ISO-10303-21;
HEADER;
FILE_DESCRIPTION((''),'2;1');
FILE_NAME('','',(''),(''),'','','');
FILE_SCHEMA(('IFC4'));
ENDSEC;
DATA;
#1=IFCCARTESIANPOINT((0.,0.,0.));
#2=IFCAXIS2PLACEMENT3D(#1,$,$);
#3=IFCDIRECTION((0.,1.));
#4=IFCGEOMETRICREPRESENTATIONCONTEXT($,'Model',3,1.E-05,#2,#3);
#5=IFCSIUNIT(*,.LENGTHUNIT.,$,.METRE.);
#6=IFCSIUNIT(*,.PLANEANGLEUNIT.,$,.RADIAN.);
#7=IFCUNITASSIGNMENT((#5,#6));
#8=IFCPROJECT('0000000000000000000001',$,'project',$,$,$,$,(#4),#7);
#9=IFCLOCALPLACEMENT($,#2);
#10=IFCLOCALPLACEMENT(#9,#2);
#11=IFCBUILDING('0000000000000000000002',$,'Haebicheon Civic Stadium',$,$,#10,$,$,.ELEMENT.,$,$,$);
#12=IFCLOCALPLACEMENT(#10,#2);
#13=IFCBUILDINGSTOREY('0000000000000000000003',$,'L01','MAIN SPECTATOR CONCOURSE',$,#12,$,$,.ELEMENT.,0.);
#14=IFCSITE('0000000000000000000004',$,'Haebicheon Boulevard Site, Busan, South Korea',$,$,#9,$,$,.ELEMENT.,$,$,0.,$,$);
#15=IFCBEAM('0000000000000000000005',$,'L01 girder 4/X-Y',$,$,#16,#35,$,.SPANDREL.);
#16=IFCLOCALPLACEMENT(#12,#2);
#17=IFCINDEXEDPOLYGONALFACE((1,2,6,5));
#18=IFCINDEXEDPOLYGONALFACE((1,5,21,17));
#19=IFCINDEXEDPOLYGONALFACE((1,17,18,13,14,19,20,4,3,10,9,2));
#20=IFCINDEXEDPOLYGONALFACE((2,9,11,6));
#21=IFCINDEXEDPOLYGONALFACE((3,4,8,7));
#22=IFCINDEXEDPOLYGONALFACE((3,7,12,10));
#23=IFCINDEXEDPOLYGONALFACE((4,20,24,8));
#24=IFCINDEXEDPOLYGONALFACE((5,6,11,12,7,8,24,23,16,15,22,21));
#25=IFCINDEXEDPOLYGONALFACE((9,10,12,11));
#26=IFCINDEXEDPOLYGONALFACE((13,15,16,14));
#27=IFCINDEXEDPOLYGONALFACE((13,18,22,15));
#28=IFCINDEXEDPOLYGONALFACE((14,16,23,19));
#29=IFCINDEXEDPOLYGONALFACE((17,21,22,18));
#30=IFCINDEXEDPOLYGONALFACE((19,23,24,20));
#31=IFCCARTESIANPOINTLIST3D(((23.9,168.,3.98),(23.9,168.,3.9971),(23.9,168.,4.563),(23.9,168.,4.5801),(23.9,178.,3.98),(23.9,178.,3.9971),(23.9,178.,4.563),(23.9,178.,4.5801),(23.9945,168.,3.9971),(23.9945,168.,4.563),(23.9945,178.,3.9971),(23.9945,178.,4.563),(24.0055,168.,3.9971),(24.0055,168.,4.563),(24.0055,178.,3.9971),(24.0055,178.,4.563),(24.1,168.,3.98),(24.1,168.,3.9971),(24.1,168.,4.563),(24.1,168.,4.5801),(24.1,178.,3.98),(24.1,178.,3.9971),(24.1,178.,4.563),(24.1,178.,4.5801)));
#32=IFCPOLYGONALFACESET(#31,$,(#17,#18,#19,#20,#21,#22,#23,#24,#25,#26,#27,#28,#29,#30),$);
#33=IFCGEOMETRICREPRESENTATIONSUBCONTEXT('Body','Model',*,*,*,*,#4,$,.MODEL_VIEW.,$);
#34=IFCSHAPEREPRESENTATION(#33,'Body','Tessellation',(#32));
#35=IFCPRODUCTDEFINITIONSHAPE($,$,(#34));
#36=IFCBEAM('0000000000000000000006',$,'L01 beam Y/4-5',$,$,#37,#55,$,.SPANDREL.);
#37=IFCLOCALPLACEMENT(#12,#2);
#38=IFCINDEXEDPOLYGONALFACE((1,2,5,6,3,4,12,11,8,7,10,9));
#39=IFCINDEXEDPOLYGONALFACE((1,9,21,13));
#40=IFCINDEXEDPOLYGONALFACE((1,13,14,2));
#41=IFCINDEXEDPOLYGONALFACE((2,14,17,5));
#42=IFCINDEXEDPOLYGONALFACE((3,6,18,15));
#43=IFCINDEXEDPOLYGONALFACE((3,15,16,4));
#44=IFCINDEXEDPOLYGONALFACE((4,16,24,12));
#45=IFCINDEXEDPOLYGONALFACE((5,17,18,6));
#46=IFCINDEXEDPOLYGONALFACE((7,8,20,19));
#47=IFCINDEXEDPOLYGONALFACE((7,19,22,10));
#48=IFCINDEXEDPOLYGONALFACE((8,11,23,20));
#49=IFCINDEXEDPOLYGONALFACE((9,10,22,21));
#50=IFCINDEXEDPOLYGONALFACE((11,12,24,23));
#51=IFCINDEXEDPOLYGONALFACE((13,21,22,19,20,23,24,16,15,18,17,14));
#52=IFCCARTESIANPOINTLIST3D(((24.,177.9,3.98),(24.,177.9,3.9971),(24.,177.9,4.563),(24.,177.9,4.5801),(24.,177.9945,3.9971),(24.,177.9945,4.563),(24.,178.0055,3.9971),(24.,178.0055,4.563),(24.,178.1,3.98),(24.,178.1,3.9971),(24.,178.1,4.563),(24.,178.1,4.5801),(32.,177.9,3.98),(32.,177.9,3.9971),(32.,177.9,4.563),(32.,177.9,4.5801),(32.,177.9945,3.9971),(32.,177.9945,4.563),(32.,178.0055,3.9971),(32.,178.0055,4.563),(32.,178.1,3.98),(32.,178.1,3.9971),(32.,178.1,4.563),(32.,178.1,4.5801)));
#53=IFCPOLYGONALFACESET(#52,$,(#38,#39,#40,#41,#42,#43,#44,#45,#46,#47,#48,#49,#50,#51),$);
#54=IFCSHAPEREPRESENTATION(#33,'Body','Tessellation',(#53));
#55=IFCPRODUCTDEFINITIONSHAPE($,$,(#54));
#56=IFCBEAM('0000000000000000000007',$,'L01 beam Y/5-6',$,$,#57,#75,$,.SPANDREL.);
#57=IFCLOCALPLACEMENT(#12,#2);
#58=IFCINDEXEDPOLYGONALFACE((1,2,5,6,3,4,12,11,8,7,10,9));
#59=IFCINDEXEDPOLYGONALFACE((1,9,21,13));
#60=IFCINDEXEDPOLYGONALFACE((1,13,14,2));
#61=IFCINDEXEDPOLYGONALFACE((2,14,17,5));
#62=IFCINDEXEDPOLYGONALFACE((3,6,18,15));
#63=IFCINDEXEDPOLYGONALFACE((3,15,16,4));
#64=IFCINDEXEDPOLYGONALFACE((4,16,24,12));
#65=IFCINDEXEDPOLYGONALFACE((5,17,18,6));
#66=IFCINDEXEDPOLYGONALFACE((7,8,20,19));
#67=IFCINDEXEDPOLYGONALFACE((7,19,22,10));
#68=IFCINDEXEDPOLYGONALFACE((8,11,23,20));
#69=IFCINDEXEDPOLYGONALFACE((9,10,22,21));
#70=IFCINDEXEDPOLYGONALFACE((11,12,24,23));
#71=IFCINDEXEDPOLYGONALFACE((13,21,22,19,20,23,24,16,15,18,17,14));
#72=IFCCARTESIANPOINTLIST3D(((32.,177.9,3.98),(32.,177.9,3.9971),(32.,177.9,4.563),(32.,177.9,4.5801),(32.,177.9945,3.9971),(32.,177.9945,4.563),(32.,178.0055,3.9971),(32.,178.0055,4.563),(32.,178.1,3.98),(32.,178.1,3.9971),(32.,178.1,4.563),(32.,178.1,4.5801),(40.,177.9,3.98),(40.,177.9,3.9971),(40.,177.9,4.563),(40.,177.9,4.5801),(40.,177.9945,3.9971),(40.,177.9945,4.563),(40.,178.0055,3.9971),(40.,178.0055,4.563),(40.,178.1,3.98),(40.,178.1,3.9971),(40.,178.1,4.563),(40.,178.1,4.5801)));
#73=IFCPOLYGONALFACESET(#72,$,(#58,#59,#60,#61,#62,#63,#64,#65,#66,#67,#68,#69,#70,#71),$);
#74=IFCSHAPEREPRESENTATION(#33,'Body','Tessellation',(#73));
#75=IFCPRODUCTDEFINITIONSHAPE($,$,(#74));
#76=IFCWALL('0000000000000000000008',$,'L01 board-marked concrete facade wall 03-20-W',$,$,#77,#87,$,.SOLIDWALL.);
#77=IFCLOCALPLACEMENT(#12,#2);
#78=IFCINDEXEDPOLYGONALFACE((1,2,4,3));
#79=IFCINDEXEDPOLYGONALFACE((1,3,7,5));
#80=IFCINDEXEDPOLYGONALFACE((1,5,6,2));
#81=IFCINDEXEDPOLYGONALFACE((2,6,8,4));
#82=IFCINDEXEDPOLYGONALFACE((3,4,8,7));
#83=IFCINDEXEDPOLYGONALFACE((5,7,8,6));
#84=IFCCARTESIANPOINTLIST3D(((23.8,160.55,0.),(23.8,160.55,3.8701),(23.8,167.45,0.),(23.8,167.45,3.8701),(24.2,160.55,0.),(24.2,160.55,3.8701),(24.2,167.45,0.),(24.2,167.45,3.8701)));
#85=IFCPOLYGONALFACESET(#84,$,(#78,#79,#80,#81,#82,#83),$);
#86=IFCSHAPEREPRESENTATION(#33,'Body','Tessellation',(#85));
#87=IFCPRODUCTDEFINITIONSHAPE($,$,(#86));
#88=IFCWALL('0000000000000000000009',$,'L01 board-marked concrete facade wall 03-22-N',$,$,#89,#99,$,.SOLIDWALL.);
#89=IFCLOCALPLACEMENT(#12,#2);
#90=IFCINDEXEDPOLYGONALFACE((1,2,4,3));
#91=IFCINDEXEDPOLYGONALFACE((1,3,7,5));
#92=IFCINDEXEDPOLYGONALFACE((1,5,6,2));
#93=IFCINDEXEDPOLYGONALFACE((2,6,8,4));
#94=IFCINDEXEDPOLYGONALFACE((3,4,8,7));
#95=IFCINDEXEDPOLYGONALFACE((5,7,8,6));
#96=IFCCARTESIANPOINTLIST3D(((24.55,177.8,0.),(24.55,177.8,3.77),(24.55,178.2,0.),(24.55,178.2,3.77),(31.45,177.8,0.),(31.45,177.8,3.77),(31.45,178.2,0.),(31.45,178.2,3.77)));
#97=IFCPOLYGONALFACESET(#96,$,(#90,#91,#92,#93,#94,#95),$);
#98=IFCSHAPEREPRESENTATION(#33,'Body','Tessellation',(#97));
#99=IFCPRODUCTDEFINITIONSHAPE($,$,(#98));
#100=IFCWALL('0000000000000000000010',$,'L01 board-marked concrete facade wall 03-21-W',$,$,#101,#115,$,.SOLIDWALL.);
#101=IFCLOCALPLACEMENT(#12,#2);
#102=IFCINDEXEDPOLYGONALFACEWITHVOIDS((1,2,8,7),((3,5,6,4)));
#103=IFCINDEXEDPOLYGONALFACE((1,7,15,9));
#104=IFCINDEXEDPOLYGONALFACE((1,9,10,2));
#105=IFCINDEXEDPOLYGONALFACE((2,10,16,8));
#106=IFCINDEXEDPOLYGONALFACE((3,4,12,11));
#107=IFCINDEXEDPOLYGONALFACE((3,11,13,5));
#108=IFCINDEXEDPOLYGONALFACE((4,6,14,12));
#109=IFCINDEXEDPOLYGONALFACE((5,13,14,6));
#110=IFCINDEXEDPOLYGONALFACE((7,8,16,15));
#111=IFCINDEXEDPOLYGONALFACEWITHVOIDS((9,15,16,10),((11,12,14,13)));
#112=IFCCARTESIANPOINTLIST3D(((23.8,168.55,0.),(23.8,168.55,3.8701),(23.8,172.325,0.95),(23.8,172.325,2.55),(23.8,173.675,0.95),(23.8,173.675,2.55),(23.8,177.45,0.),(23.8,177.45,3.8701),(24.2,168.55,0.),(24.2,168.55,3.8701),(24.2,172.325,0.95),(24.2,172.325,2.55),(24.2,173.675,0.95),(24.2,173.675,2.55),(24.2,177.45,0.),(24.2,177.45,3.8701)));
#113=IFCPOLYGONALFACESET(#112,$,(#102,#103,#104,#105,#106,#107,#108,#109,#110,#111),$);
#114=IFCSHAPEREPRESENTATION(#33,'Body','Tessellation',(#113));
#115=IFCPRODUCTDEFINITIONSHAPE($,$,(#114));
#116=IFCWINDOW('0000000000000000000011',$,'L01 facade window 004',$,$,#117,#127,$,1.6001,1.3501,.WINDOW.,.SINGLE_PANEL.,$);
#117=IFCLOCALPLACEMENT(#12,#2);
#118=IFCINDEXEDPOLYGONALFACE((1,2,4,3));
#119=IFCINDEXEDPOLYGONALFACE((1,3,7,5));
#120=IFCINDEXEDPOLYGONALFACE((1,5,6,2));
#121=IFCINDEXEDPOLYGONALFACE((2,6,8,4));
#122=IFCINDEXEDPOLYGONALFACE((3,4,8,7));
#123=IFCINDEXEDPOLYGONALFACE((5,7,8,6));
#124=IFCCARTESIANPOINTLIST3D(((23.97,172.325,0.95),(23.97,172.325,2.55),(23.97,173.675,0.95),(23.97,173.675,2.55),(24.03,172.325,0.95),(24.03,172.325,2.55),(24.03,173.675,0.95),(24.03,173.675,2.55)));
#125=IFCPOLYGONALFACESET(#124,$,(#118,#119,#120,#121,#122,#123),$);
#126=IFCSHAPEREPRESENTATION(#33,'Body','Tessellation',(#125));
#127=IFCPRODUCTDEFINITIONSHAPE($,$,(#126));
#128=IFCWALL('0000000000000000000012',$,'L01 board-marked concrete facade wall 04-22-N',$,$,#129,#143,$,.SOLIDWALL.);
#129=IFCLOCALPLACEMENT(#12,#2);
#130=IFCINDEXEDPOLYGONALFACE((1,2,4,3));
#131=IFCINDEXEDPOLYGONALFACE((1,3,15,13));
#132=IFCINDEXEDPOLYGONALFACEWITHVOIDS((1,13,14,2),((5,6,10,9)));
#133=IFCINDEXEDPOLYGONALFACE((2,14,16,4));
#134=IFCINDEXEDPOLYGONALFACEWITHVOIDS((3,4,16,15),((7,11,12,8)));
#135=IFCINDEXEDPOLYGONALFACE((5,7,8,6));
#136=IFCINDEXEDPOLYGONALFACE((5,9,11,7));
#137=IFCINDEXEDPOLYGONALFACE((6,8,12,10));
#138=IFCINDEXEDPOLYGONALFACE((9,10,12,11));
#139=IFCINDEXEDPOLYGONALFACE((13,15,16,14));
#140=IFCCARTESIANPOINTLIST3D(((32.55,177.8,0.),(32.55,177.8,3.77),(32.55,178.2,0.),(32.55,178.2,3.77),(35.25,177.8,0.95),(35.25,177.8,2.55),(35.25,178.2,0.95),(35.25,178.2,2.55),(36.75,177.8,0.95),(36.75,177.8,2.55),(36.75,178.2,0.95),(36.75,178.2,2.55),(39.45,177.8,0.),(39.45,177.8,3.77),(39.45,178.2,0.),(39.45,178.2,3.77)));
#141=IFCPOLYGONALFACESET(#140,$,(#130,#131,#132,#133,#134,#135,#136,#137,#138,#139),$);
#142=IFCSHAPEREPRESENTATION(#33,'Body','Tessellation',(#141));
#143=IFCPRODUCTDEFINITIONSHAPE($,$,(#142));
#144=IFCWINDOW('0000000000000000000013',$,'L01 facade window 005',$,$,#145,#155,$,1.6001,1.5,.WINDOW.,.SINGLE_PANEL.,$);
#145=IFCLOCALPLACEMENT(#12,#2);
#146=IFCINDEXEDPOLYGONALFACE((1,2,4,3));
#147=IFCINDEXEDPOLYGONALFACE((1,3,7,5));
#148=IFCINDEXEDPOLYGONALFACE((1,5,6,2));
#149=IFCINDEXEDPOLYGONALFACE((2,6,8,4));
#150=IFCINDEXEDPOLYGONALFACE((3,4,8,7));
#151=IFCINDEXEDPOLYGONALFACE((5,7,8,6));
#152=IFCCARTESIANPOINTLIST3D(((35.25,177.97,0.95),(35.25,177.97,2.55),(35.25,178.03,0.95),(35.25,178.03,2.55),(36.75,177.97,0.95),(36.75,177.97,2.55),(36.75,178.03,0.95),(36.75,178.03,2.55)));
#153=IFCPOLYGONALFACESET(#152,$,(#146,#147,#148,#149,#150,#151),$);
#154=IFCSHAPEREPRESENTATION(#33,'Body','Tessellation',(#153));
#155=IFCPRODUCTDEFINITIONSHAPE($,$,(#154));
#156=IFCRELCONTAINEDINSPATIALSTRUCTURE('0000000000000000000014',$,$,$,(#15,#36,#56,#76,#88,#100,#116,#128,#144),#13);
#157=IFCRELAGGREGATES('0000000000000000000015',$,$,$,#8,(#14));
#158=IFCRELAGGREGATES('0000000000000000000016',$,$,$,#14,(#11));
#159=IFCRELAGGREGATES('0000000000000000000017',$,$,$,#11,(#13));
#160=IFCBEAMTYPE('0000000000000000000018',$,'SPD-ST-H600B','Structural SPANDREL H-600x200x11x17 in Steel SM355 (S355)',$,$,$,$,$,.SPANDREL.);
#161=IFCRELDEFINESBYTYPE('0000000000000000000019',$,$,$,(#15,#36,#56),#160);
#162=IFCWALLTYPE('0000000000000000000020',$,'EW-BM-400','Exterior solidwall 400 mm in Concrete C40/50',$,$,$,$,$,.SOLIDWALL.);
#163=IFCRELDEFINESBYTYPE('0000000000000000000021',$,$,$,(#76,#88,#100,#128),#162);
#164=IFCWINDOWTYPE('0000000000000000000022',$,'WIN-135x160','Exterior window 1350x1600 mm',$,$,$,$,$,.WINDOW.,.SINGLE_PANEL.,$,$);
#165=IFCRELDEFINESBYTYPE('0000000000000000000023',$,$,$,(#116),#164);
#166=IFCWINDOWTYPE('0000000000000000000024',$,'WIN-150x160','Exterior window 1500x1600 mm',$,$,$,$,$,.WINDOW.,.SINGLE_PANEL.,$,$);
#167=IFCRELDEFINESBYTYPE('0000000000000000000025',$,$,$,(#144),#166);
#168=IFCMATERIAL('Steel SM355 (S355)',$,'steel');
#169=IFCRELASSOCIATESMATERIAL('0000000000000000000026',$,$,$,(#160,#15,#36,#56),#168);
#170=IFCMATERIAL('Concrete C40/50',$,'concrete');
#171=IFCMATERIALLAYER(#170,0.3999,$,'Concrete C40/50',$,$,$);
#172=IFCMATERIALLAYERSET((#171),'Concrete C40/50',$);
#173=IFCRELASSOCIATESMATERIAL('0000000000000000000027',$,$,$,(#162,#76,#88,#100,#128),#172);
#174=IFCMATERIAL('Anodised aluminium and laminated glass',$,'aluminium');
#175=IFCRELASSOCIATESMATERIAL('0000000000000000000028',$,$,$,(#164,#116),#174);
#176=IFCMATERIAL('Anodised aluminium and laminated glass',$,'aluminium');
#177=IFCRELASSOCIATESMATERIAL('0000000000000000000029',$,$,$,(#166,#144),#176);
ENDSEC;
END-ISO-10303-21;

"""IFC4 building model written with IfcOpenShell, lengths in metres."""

from ifc_helpers import new_model, si_unit, direction, frame, frame_2d, origin, origin_2d, place, context, subcontext, project, spatial, rectangle, i_section, extrude, material, layer, layer_set, material_profile, profile_set, type_object, element, fill, save


model = new_model("IFC4")

# Units and contexts
model_context = context("Model", 3, precision=1e-05, world=origin(), true_north=direction((0.0, 1.0)))
body_context = subcontext(model_context, "Body", "Model", "MODEL_VIEW")
ifc_project = project(units=[si_unit("LENGTHUNIT", "METRE"), si_unit("PLANEANGLEUNIT", "RADIAN")], contexts=[model_context])

# Site, building, storey
site_placement = place(None, origin())
site = spatial("IfcSite", under=ifc_project, at=site_placement, Name="Haebicheon Boulevard Site, Busan, South Korea", CompositionType="ELEMENT", RefElevation=0.0)
building_placement = place(site_placement, origin())
building = spatial("IfcBuilding", under=site, at=building_placement, Name="Haebicheon Civic Stadium", CompositionType="ELEMENT")
storey_placement = place(building_placement, origin())
storey = spatial("IfcBuildingStorey", under=building, at=storey_placement, Name="L01", Description="MAIN SPECTATOR CONCOURSE", CompositionType="ELEMENT", Elevation=0.0)

# Beams
ifc_material_1 = material(Name="Steel SM355 (S355)", Category="steel")
ifc_material_profile_1 = material_profile(ifc_material_1, i_section(OverallWidth=0.2, OverallDepth=0.6001, WebThickness=0.011, FlangeThickness=0.0171, at=origin_2d()), Name="H-600x200x11x17")
ifc_profile_set_1 = profile_set([ifc_material_profile_1], Name="Steel SM355 (S355)")
beam_type_1 = type_object("IfcBeamType", Name="SPD-ST-H600B", Description="Structural SPANDREL H-600x200x11x17 in Steel SM355 (S355)", PredefinedType="SPANDREL", material=ifc_profile_set_1)
beam_1_placement = place(storey_placement, frame((24.0, 168.0, 4.28), z_axis=(0.0, 1.0, 0.0), x_axis=(-1.0, 0.0, 0.0)))
element("IfcBeam", 1, at=beam_1_placement, inside=storey, type_object=beam_type_1, material=ifc_profile_set_1, Name="L01 girder 4/X-Y", PredefinedType="SPANDREL", context=body_context, shape_type="SweptSolid", body=[
    extrude(i_section(OverallWidth=0.2, OverallDepth=0.6001, WebThickness=0.011, FlangeThickness=0.0171, at=origin_2d()), origin(), (0.0, 0.0, 1.0), 10.0),
])
for number, where, z_axis, x_axis, name in (
    (2, (24.0, 178.0, 4.28), (1.0, 0.0, 0.0), (0.0, 1.0, 0.0), "L01 beam Y/4-5"),
    (3, (32.0, 178.0, 4.28), (1.0, 0.0, 0.0), (0.0, 1.0, 0.0), "L01 beam Y/5-6"),
):
    element("IfcBeam", number, at=place(storey_placement, frame(where, z_axis=z_axis, x_axis=x_axis)), inside=storey, type_object=beam_type_1, material=ifc_profile_set_1, Name=name, PredefinedType="SPANDREL", context=body_context, shape_type="SweptSolid", body=[
        extrude(i_section(OverallWidth=0.2, OverallDepth=0.6001, WebThickness=0.011, FlangeThickness=0.0171, at=origin_2d()), origin(), (0.0, 0.0, 1.0), 8.0),
    ])

# Walls
ifc_material_2 = material(Name="Concrete C40/50", Category="concrete")
ifc_layer_1 = layer(ifc_material_2, 0.3999, Name="Concrete C40/50")
ifc_layer_set_1 = layer_set([ifc_layer_1], Name="Concrete C40/50")
wall_type_1 = type_object("IfcWallType", Name="EW-BM-400", Description="Exterior solidwall 400 mm in Concrete C40/50", PredefinedType="SOLIDWALL", material=ifc_layer_set_1)
wall_1_placement = place(storey_placement, frame((24.0, 160.55, 0.0), z_axis=(0.0, 0.0, 1.0), x_axis=(0.0, 1.0, 0.0)))
element("IfcWall", 4, at=wall_1_placement, inside=storey, type_object=wall_type_1, material=ifc_layer_set_1, Name="L01 board-marked concrete facade wall 03-20-W", PredefinedType="SOLIDWALL", context=body_context, shape_type="SweptSolid", body=[
    extrude(rectangle(XDim=6.8999, YDim=0.3999, at=frame_2d((3.45, 0.0))), origin(), (0.0, 0.0, 1.0), 3.8701),
])
wall_2_placement = place(storey_placement, frame((24.55, 178.0, 0.0), z_axis=(0.0, 0.0, 1.0), x_axis=(1.0, 0.0, 0.0)))
element("IfcWall", 5, at=wall_2_placement, inside=storey, type_object=wall_type_1, material=ifc_layer_set_1, Name="L01 board-marked concrete facade wall 03-22-N", PredefinedType="SOLIDWALL", context=body_context, shape_type="SweptSolid", body=[
    extrude(rectangle(XDim=6.8999, YDim=0.3999, at=frame_2d((3.45, 0.0))), origin(), (0.0, 0.0, 1.0), 3.77),
])

# Walls, openings, windows
wall_3_placement = place(storey_placement, frame((24.0, 168.55, 0.0), z_axis=(0.0, 0.0, 1.0), x_axis=(0.0, 1.0, 0.0)))
wall_3 = element("IfcWall", 6, at=wall_3_placement, inside=storey, type_object=wall_type_1, material=ifc_layer_set_1, Name="L01 board-marked concrete facade wall 03-21-W", PredefinedType="SOLIDWALL", context=body_context, shape_type="SweptSolid", body=[
    extrude(rectangle(XDim=8.8999, YDim=0.3999, at=frame_2d((4.45, 0.0))), origin(), (0.0, 0.0, 1.0), 3.8701),
])
opening_1_placement = place(wall_3_placement, frame((3.7749, 0.0, 0.95)))
opening_1 = element("IfcOpeningElement", 7, at=opening_1_placement, cuts=wall_3, PredefinedType="OPENING", context=body_context, shape_type="SweptSolid", body=[
    extrude(rectangle(XDim=1.3501, YDim=1.6001, at=frame_2d((0.675, 0.8))), frame((0.0, 0.21, 0.0), z_axis=(0.0, -1.0, 0.0), x_axis=(1.0, 0.0, 0.0)), (0.0, 0.0, 1.0), 0.4199),
])
ifc_material_3 = material(Name="Anodised aluminium and laminated glass", Category="aluminium")
window_type_1 = type_object("IfcWindowType", Name="WIN-135x160", Description="Exterior window 1350x1600 mm", PartitioningType="SINGLE_PANEL", PredefinedType="WINDOW", material=ifc_material_3)
window_1_placement = place(opening_1_placement, origin())
window_1 = element("IfcWindow", 8, at=window_1_placement, inside=storey, type_object=window_type_1, material=ifc_material_3, Name="L01 facade window 004", OverallHeight=1.6001, OverallWidth=1.3501, PartitioningType="SINGLE_PANEL", PredefinedType="WINDOW", context=body_context, shape_type="SweptSolid", body=[
    extrude(rectangle(XDim=1.3501, YDim=1.6001, at=frame_2d((0.675, 0.8))), frame((0.0, 0.03, 0.0), z_axis=(0.0, -1.0, 0.0), x_axis=(1.0, 0.0, 0.0)), (0.0, 0.0, 1.0), 0.0601),
])
fill(opening_1, window_1)
wall_4_placement = place(storey_placement, frame((32.55, 178.0, 0.0), z_axis=(0.0, 0.0, 1.0), x_axis=(1.0, 0.0, 0.0)))
wall_4 = element("IfcWall", 9, at=wall_4_placement, inside=storey, type_object=wall_type_1, material=ifc_layer_set_1, Name="L01 board-marked concrete facade wall 04-22-N", PredefinedType="SOLIDWALL", context=body_context, shape_type="SweptSolid", body=[
    extrude(rectangle(XDim=6.8999, YDim=0.3999, at=frame_2d((3.45, 0.0))), origin(), (0.0, 0.0, 1.0), 3.77),
])
opening_2_placement = place(wall_4_placement, frame((2.7, 0.0, 0.95)))
opening_2 = element("IfcOpeningElement", 10, at=opening_2_placement, cuts=wall_4, PredefinedType="OPENING", context=body_context, shape_type="SweptSolid", body=[
    extrude(rectangle(XDim=1.5, YDim=1.6001, at=frame_2d((0.75, 0.8))), frame((0.0, 0.21, 0.0), z_axis=(0.0, -1.0, 0.0), x_axis=(1.0, 0.0, 0.0)), (0.0, 0.0, 1.0), 0.4199),
])
ifc_material_4 = material(Name="Anodised aluminium and laminated glass", Category="aluminium")
window_type_2 = type_object("IfcWindowType", Name="WIN-150x160", Description="Exterior window 1500x1600 mm", PartitioningType="SINGLE_PANEL", PredefinedType="WINDOW", material=ifc_material_4)
window_2_placement = place(opening_2_placement, origin())
window_2 = element("IfcWindow", 11, at=window_2_placement, inside=storey, type_object=window_type_2, material=ifc_material_4, Name="L01 facade window 005", OverallHeight=1.6001, OverallWidth=1.5, PartitioningType="SINGLE_PANEL", PredefinedType="WINDOW", context=body_context, shape_type="SweptSolid", body=[
    extrude(rectangle(XDim=1.5, YDim=1.6001, at=frame_2d((0.75, 0.8))), frame((0.0, 0.03, 0.0), z_axis=(0.0, -1.0, 0.0), x_axis=(1.0, 0.0, 0.0)), (0.0, 0.0, 1.0), 0.0601),
])
fill(opening_2, window_2)

save(model, "model.ifc")
